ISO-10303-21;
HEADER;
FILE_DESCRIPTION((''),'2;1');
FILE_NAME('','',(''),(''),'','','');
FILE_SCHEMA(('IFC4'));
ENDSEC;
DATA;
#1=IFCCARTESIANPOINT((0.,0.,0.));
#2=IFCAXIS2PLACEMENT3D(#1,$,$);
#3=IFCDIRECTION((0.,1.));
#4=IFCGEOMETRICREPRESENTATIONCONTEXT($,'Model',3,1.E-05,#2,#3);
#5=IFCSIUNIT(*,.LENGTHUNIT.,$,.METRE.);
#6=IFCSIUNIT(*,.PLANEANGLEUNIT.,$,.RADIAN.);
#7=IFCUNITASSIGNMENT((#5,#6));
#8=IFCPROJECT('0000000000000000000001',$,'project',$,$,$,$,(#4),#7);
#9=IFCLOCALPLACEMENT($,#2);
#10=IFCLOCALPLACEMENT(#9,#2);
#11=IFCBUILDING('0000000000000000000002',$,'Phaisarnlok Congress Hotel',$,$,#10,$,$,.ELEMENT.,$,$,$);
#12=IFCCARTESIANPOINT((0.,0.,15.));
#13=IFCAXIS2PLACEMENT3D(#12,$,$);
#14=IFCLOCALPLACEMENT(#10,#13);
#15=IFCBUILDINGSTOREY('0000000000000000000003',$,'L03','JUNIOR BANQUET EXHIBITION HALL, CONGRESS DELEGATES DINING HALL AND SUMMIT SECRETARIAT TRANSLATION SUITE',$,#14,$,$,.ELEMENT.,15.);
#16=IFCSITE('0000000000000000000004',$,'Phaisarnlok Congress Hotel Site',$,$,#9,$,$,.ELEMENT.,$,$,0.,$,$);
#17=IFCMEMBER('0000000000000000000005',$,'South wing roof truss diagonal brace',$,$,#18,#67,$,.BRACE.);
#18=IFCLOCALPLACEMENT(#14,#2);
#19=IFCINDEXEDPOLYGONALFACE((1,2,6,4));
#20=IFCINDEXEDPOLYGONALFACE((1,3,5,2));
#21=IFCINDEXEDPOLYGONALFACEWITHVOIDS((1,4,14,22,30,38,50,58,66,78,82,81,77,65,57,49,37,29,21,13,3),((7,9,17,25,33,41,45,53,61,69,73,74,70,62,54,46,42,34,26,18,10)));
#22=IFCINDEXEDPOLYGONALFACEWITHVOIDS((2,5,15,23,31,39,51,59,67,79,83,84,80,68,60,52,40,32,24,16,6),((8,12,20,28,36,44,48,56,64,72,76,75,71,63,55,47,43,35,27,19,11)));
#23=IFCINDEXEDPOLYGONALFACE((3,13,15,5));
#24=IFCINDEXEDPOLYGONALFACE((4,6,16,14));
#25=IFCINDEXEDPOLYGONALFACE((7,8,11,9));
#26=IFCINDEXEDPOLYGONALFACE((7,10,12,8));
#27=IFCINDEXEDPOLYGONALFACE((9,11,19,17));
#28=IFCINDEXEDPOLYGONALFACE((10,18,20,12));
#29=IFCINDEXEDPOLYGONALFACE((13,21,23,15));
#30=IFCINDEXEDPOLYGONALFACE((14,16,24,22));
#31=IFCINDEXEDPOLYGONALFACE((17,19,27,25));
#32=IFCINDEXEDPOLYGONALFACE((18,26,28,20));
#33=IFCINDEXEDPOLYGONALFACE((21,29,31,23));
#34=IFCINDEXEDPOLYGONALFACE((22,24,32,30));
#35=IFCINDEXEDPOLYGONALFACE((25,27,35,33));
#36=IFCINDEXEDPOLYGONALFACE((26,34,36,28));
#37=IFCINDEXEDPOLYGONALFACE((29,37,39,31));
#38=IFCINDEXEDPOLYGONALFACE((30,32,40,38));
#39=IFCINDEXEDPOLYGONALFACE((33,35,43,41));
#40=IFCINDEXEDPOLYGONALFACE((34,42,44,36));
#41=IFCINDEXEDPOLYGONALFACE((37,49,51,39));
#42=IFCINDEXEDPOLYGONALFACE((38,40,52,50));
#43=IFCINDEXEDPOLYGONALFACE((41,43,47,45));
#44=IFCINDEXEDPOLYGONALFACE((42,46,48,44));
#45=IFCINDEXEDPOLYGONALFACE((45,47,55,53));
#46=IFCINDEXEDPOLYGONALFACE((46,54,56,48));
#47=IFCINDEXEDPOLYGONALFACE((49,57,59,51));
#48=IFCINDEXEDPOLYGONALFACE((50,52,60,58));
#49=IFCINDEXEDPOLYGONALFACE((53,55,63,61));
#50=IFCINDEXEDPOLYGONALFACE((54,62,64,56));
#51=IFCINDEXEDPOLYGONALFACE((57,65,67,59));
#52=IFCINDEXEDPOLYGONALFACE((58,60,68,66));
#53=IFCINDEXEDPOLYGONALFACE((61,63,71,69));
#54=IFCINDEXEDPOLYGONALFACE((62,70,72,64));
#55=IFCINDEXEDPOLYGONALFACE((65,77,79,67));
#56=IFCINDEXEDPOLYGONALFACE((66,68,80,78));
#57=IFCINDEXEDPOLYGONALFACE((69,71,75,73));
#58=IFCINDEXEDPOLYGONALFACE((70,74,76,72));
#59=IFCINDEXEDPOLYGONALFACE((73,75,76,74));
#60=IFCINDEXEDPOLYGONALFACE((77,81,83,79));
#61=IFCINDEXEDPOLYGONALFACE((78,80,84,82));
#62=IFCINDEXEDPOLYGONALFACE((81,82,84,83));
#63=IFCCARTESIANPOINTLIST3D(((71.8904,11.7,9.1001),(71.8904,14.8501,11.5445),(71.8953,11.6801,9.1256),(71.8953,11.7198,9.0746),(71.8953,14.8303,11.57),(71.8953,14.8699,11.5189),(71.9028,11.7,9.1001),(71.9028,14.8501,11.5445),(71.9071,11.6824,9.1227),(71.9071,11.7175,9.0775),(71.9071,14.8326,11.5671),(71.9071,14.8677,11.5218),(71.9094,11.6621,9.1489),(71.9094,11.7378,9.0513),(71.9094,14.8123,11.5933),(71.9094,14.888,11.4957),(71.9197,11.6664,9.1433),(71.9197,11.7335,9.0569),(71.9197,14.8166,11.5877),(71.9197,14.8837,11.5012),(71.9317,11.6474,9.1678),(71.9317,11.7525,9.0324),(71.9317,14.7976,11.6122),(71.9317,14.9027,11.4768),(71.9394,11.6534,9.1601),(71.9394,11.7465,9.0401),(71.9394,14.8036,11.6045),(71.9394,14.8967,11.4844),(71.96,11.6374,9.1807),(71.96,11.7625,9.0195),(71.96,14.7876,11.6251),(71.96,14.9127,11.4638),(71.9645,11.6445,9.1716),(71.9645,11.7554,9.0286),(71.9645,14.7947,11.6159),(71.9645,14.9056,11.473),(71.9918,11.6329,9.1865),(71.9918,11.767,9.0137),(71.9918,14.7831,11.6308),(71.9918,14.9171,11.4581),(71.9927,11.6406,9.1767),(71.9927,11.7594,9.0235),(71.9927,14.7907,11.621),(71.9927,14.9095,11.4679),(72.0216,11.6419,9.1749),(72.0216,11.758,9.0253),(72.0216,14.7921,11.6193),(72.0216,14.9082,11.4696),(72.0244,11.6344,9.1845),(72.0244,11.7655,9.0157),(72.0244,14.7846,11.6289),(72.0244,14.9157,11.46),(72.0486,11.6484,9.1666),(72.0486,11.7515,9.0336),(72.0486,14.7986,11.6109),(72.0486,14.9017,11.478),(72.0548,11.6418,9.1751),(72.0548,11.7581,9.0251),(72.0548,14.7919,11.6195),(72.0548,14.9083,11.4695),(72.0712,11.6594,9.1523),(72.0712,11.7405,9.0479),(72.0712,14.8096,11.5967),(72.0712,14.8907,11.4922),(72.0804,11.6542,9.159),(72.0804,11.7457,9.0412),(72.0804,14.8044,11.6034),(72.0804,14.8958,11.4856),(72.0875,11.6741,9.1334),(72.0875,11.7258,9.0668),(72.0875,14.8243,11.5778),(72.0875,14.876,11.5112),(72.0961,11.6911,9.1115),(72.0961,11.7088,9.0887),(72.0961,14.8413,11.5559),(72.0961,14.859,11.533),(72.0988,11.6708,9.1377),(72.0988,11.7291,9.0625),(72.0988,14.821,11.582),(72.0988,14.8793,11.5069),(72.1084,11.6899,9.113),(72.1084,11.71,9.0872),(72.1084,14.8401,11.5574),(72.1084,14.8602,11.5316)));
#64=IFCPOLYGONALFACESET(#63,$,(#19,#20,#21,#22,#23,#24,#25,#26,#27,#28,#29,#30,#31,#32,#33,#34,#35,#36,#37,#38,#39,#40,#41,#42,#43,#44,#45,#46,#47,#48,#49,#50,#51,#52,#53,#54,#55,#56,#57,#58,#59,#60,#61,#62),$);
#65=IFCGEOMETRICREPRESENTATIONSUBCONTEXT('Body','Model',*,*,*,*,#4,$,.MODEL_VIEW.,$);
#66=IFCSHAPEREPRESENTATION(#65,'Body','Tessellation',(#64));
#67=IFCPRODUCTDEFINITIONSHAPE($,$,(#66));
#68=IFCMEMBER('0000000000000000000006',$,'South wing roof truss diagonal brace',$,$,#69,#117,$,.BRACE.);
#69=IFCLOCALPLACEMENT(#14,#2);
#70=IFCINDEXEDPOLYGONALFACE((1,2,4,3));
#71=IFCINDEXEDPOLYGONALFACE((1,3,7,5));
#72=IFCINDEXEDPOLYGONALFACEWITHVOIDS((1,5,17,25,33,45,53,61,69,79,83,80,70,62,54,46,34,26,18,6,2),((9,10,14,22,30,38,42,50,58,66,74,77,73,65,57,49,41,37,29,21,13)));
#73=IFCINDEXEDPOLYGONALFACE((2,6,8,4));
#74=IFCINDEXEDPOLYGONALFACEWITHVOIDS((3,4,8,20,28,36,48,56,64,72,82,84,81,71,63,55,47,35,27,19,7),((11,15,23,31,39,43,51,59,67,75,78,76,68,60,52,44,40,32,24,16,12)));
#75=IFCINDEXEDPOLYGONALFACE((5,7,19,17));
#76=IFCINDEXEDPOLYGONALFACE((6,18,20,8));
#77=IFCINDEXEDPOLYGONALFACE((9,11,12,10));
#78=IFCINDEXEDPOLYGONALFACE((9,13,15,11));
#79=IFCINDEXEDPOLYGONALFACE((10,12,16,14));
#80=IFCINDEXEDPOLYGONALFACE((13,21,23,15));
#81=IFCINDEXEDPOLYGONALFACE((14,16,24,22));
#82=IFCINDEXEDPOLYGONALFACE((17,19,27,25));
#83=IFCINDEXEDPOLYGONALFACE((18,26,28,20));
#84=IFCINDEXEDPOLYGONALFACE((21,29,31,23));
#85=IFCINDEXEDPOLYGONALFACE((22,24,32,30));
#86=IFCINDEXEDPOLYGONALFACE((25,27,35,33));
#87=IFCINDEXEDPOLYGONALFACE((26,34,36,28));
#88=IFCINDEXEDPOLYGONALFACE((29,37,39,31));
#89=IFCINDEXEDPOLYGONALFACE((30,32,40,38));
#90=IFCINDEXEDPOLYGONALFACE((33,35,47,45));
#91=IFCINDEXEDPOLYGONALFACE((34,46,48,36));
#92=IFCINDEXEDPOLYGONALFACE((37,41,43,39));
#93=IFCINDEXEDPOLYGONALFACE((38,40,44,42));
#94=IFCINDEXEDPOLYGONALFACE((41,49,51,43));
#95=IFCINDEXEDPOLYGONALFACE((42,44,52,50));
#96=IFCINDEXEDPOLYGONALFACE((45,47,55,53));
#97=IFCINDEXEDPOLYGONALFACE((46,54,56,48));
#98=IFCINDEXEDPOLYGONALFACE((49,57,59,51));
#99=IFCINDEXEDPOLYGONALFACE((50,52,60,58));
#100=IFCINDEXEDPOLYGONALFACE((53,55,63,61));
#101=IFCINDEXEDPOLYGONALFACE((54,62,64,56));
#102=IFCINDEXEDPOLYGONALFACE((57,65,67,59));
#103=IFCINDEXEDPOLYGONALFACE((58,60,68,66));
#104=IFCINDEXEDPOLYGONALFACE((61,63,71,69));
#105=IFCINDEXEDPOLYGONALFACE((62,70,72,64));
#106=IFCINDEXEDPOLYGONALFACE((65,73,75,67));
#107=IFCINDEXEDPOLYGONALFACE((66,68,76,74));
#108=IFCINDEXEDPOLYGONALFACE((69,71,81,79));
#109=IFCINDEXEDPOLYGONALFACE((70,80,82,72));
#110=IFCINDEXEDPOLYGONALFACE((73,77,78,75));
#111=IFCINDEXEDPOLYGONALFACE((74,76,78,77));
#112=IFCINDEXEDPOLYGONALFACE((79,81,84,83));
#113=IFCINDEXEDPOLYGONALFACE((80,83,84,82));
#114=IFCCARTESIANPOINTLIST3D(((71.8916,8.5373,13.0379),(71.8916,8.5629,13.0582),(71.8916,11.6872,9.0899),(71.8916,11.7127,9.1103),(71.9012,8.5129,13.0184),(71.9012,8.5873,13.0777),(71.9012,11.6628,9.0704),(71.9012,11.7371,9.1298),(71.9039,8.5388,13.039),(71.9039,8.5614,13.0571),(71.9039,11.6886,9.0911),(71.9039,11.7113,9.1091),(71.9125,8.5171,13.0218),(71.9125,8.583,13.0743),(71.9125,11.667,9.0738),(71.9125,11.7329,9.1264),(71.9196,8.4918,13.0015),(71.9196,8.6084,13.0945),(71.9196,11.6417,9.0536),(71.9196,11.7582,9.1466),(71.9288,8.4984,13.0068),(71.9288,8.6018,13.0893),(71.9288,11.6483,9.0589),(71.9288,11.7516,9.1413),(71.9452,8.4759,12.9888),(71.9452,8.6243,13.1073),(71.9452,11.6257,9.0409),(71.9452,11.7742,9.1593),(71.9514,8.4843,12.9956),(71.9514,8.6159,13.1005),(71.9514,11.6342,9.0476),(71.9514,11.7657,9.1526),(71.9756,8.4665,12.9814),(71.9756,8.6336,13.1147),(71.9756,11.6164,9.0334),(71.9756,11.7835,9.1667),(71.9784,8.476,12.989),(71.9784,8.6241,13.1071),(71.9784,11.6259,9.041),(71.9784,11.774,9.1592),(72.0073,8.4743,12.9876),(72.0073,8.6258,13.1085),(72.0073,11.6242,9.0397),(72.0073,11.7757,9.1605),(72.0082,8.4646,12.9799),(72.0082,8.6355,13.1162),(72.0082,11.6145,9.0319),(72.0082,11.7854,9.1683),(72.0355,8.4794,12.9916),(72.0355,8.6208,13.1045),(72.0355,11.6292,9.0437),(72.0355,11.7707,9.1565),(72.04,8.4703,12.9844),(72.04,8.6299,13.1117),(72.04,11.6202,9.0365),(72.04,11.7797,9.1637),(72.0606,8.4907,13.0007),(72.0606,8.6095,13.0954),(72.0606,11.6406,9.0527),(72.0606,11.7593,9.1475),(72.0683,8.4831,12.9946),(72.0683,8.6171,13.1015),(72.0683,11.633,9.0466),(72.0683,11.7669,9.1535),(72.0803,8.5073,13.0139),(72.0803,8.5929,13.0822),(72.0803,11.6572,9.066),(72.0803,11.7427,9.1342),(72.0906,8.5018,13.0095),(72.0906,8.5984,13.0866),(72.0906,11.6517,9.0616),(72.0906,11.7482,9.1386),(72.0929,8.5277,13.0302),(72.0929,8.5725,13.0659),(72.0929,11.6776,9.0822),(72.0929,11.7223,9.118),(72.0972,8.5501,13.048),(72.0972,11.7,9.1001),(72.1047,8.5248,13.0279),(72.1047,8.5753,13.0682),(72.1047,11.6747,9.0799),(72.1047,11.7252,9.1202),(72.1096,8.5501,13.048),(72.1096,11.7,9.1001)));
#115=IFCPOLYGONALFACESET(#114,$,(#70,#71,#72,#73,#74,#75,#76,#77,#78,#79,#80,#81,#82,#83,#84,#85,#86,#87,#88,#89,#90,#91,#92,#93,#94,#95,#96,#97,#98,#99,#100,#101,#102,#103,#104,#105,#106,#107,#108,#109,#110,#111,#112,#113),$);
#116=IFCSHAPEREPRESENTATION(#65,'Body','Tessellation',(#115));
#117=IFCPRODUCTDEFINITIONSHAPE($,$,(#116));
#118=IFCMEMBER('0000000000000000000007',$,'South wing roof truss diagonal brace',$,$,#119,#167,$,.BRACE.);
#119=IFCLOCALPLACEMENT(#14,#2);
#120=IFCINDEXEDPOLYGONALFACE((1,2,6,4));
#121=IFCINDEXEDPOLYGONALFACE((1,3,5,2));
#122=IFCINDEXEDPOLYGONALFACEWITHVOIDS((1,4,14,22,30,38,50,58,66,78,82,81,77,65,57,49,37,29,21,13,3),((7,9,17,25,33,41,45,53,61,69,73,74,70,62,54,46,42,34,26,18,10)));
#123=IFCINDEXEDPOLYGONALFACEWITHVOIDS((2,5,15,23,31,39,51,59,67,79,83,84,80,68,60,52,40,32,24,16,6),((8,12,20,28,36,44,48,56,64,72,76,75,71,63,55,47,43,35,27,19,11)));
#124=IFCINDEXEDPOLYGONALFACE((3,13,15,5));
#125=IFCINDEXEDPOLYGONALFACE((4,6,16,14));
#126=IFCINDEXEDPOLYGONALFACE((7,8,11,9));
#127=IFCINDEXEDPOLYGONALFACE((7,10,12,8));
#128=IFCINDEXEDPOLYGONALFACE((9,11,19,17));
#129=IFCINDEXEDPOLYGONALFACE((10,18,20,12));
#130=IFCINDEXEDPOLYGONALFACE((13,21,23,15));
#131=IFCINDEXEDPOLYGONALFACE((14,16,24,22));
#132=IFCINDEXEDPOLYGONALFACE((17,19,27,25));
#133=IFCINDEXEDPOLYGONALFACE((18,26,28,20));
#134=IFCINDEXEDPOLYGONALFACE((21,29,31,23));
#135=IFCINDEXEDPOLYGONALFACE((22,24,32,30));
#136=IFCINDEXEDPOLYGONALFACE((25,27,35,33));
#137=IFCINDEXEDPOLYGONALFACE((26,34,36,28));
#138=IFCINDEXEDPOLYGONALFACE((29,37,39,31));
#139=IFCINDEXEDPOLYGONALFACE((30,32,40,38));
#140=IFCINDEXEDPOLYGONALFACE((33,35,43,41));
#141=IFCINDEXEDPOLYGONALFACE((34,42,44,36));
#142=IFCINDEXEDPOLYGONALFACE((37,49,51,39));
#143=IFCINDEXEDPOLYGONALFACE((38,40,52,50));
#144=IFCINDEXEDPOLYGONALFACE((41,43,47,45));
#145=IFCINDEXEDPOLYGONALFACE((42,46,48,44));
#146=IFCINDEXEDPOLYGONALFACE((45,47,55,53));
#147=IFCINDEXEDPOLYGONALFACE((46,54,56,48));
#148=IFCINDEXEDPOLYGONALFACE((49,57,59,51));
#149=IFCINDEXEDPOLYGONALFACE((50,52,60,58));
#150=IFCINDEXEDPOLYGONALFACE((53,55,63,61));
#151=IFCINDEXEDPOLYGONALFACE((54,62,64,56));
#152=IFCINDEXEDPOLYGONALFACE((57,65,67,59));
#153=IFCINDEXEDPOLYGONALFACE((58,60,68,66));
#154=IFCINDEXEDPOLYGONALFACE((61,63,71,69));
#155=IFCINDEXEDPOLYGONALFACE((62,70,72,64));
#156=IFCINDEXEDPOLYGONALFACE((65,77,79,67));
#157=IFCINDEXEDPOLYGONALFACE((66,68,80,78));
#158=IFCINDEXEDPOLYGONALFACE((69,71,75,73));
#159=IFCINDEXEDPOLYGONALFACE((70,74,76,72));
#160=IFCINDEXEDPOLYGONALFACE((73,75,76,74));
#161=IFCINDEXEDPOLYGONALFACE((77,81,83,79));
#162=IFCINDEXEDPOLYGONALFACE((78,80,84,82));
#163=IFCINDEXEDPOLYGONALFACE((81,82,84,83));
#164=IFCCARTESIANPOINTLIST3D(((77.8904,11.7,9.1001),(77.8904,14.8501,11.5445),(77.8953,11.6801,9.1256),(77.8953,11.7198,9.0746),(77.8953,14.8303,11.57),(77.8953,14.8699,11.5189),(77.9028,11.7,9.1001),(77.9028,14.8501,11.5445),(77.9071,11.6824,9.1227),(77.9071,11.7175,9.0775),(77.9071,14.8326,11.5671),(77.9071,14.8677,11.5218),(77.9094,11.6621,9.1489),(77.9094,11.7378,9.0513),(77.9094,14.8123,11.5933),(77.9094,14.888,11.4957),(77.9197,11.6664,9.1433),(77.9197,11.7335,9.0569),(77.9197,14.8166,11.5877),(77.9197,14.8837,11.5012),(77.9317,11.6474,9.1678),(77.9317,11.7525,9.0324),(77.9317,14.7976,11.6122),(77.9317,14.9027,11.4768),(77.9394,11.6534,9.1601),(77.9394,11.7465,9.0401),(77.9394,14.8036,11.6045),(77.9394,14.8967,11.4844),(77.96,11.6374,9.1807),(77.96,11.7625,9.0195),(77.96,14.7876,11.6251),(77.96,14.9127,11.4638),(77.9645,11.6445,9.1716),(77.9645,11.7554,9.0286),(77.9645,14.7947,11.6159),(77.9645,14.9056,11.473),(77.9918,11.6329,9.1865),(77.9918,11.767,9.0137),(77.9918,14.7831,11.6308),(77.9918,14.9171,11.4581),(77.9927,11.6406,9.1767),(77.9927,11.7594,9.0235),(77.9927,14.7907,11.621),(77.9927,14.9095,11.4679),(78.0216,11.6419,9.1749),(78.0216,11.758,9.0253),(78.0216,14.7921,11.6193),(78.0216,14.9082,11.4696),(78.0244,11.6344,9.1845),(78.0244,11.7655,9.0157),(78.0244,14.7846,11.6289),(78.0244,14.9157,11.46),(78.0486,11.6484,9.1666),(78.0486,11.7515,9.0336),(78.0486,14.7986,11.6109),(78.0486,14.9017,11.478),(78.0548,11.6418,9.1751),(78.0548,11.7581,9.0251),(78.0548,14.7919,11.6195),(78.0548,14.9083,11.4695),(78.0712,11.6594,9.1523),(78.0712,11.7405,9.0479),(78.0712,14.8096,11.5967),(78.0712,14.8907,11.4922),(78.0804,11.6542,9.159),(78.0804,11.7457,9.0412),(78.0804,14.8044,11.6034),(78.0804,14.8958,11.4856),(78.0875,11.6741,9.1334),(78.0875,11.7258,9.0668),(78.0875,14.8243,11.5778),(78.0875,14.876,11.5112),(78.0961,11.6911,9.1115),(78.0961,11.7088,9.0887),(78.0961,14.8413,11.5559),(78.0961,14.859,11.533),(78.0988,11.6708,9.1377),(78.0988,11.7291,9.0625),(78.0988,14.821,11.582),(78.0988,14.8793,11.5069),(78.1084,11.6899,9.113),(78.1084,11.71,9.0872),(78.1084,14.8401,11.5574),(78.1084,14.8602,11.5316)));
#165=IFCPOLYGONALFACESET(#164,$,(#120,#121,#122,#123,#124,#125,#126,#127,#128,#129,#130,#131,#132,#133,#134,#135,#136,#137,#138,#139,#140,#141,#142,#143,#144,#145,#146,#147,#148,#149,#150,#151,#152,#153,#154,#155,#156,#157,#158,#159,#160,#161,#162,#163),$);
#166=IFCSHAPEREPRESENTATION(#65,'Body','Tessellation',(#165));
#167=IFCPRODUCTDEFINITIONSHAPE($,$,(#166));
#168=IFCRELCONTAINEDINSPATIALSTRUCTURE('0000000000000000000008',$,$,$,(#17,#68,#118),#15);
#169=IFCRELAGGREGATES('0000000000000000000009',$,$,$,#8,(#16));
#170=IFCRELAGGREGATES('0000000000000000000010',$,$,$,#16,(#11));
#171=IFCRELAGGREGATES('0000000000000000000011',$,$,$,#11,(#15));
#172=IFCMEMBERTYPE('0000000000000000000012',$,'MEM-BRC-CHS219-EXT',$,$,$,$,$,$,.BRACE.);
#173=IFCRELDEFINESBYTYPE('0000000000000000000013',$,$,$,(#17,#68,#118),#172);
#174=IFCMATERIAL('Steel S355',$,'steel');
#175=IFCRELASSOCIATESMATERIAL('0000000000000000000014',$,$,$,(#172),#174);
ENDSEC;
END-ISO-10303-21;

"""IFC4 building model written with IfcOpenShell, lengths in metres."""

from ifc_helpers import new_model, si_unit, direction, frame, origin, origin_2d, place, context, subcontext, project, spatial, hollow_circle, extrude, material, material_profile, profile_set, type_object, element, save


model = new_model("IFC4")

# Units and contexts
model_context = context("Model", 3, precision=1e-05, world=origin(), true_north=direction((0.0, 1.0)))
body_context = subcontext(model_context, "Body", "Model", "MODEL_VIEW")
ifc_project = project(units=[si_unit("LENGTHUNIT", "METRE"), si_unit("PLANEANGLEUNIT", "RADIAN")], contexts=[model_context])

# Site, building, storey
site_placement = place(None, origin())
site = spatial("IfcSite", under=ifc_project, at=site_placement, Name="Phaisarnlok Congress Hotel Site", CompositionType="ELEMENT", RefElevation=0.0)
building_placement = place(site_placement, origin())
building = spatial("IfcBuilding", under=site, at=building_placement, Name="Phaisarnlok Congress Hotel", CompositionType="ELEMENT")
storey_placement = place(building_placement, frame((0.0, 0.0, 15.0)))
storey = spatial("IfcBuildingStorey", under=building, at=storey_placement, Name="L03", Description="JUNIOR BANQUET EXHIBITION HALL, CONGRESS DELEGATES DINING HALL AND SUMMIT SECRETARIAT TRANSLATION SUITE", CompositionType="ELEMENT", Elevation=15.0)

# Members
ifc_material_1 = material(Name="Steel S355", Category="steel")
ifc_material_profile_1 = material_profile(ifc_material_1, hollow_circle(Radius=0.1096, WallThickness=0.0125, at=origin_2d()), Name="CHS 219.1x12.5")
ifc_profile_set_1 = profile_set([ifc_material_profile_1], Name="Steel S355")
member_type_1 = type_object("IfcMemberType", Name="MEM-BRC-CHS219-EXT", PredefinedType="BRACE", material=ifc_profile_set_1)
member_1_placement = place(storey_placement, frame((72.0, 11.7, 9.1001), z_axis=(0.0, 0.790054, 0.613037), x_axis=(-1.0, 0.0, 0.0)))
element("IfcMember", 1, at=member_1_placement, inside=storey, type_object=member_type_1, Name="South wing roof truss diagonal brace", PredefinedType="BRACE", context=body_context, shape_type="SweptSolid", body=[
    extrude(hollow_circle(Radius=0.1096, WallThickness=0.0125, at=origin_2d()), origin(), (0.0, 0.0, 1.0), 3.9873),
])
member_2_placement = place(storey_placement, frame((72.0, 11.7, 9.1001), z_axis=(0.0, -0.623669, 0.781689), x_axis=(1.0, 0.0, 0.0)))
element("IfcMember", 2, at=member_2_placement, inside=storey, type_object=member_type_1, Name="South wing roof truss diagonal brace", PredefinedType="BRACE", context=body_context, shape_type="SweptSolid", body=[
    extrude(hollow_circle(Radius=0.1096, WallThickness=0.0125, at=origin_2d()), origin(), (0.0, 0.0, 1.0), 5.0505),
])
member_3_placement = place(storey_placement, frame((78.0, 11.7, 9.1001), z_axis=(0.0, 0.790054, 0.613037), x_axis=(-1.0, 0.0, 0.0)))
element("IfcMember", 3, at=member_3_placement, inside=storey, type_object=member_type_1, Name="South wing roof truss diagonal brace", PredefinedType="BRACE", context=body_context, shape_type="SweptSolid", body=[
    extrude(hollow_circle(Radius=0.1096, WallThickness=0.0125, at=origin_2d()), origin(), (0.0, 0.0, 1.0), 3.9873),
])

save(model, "model.ifc")
